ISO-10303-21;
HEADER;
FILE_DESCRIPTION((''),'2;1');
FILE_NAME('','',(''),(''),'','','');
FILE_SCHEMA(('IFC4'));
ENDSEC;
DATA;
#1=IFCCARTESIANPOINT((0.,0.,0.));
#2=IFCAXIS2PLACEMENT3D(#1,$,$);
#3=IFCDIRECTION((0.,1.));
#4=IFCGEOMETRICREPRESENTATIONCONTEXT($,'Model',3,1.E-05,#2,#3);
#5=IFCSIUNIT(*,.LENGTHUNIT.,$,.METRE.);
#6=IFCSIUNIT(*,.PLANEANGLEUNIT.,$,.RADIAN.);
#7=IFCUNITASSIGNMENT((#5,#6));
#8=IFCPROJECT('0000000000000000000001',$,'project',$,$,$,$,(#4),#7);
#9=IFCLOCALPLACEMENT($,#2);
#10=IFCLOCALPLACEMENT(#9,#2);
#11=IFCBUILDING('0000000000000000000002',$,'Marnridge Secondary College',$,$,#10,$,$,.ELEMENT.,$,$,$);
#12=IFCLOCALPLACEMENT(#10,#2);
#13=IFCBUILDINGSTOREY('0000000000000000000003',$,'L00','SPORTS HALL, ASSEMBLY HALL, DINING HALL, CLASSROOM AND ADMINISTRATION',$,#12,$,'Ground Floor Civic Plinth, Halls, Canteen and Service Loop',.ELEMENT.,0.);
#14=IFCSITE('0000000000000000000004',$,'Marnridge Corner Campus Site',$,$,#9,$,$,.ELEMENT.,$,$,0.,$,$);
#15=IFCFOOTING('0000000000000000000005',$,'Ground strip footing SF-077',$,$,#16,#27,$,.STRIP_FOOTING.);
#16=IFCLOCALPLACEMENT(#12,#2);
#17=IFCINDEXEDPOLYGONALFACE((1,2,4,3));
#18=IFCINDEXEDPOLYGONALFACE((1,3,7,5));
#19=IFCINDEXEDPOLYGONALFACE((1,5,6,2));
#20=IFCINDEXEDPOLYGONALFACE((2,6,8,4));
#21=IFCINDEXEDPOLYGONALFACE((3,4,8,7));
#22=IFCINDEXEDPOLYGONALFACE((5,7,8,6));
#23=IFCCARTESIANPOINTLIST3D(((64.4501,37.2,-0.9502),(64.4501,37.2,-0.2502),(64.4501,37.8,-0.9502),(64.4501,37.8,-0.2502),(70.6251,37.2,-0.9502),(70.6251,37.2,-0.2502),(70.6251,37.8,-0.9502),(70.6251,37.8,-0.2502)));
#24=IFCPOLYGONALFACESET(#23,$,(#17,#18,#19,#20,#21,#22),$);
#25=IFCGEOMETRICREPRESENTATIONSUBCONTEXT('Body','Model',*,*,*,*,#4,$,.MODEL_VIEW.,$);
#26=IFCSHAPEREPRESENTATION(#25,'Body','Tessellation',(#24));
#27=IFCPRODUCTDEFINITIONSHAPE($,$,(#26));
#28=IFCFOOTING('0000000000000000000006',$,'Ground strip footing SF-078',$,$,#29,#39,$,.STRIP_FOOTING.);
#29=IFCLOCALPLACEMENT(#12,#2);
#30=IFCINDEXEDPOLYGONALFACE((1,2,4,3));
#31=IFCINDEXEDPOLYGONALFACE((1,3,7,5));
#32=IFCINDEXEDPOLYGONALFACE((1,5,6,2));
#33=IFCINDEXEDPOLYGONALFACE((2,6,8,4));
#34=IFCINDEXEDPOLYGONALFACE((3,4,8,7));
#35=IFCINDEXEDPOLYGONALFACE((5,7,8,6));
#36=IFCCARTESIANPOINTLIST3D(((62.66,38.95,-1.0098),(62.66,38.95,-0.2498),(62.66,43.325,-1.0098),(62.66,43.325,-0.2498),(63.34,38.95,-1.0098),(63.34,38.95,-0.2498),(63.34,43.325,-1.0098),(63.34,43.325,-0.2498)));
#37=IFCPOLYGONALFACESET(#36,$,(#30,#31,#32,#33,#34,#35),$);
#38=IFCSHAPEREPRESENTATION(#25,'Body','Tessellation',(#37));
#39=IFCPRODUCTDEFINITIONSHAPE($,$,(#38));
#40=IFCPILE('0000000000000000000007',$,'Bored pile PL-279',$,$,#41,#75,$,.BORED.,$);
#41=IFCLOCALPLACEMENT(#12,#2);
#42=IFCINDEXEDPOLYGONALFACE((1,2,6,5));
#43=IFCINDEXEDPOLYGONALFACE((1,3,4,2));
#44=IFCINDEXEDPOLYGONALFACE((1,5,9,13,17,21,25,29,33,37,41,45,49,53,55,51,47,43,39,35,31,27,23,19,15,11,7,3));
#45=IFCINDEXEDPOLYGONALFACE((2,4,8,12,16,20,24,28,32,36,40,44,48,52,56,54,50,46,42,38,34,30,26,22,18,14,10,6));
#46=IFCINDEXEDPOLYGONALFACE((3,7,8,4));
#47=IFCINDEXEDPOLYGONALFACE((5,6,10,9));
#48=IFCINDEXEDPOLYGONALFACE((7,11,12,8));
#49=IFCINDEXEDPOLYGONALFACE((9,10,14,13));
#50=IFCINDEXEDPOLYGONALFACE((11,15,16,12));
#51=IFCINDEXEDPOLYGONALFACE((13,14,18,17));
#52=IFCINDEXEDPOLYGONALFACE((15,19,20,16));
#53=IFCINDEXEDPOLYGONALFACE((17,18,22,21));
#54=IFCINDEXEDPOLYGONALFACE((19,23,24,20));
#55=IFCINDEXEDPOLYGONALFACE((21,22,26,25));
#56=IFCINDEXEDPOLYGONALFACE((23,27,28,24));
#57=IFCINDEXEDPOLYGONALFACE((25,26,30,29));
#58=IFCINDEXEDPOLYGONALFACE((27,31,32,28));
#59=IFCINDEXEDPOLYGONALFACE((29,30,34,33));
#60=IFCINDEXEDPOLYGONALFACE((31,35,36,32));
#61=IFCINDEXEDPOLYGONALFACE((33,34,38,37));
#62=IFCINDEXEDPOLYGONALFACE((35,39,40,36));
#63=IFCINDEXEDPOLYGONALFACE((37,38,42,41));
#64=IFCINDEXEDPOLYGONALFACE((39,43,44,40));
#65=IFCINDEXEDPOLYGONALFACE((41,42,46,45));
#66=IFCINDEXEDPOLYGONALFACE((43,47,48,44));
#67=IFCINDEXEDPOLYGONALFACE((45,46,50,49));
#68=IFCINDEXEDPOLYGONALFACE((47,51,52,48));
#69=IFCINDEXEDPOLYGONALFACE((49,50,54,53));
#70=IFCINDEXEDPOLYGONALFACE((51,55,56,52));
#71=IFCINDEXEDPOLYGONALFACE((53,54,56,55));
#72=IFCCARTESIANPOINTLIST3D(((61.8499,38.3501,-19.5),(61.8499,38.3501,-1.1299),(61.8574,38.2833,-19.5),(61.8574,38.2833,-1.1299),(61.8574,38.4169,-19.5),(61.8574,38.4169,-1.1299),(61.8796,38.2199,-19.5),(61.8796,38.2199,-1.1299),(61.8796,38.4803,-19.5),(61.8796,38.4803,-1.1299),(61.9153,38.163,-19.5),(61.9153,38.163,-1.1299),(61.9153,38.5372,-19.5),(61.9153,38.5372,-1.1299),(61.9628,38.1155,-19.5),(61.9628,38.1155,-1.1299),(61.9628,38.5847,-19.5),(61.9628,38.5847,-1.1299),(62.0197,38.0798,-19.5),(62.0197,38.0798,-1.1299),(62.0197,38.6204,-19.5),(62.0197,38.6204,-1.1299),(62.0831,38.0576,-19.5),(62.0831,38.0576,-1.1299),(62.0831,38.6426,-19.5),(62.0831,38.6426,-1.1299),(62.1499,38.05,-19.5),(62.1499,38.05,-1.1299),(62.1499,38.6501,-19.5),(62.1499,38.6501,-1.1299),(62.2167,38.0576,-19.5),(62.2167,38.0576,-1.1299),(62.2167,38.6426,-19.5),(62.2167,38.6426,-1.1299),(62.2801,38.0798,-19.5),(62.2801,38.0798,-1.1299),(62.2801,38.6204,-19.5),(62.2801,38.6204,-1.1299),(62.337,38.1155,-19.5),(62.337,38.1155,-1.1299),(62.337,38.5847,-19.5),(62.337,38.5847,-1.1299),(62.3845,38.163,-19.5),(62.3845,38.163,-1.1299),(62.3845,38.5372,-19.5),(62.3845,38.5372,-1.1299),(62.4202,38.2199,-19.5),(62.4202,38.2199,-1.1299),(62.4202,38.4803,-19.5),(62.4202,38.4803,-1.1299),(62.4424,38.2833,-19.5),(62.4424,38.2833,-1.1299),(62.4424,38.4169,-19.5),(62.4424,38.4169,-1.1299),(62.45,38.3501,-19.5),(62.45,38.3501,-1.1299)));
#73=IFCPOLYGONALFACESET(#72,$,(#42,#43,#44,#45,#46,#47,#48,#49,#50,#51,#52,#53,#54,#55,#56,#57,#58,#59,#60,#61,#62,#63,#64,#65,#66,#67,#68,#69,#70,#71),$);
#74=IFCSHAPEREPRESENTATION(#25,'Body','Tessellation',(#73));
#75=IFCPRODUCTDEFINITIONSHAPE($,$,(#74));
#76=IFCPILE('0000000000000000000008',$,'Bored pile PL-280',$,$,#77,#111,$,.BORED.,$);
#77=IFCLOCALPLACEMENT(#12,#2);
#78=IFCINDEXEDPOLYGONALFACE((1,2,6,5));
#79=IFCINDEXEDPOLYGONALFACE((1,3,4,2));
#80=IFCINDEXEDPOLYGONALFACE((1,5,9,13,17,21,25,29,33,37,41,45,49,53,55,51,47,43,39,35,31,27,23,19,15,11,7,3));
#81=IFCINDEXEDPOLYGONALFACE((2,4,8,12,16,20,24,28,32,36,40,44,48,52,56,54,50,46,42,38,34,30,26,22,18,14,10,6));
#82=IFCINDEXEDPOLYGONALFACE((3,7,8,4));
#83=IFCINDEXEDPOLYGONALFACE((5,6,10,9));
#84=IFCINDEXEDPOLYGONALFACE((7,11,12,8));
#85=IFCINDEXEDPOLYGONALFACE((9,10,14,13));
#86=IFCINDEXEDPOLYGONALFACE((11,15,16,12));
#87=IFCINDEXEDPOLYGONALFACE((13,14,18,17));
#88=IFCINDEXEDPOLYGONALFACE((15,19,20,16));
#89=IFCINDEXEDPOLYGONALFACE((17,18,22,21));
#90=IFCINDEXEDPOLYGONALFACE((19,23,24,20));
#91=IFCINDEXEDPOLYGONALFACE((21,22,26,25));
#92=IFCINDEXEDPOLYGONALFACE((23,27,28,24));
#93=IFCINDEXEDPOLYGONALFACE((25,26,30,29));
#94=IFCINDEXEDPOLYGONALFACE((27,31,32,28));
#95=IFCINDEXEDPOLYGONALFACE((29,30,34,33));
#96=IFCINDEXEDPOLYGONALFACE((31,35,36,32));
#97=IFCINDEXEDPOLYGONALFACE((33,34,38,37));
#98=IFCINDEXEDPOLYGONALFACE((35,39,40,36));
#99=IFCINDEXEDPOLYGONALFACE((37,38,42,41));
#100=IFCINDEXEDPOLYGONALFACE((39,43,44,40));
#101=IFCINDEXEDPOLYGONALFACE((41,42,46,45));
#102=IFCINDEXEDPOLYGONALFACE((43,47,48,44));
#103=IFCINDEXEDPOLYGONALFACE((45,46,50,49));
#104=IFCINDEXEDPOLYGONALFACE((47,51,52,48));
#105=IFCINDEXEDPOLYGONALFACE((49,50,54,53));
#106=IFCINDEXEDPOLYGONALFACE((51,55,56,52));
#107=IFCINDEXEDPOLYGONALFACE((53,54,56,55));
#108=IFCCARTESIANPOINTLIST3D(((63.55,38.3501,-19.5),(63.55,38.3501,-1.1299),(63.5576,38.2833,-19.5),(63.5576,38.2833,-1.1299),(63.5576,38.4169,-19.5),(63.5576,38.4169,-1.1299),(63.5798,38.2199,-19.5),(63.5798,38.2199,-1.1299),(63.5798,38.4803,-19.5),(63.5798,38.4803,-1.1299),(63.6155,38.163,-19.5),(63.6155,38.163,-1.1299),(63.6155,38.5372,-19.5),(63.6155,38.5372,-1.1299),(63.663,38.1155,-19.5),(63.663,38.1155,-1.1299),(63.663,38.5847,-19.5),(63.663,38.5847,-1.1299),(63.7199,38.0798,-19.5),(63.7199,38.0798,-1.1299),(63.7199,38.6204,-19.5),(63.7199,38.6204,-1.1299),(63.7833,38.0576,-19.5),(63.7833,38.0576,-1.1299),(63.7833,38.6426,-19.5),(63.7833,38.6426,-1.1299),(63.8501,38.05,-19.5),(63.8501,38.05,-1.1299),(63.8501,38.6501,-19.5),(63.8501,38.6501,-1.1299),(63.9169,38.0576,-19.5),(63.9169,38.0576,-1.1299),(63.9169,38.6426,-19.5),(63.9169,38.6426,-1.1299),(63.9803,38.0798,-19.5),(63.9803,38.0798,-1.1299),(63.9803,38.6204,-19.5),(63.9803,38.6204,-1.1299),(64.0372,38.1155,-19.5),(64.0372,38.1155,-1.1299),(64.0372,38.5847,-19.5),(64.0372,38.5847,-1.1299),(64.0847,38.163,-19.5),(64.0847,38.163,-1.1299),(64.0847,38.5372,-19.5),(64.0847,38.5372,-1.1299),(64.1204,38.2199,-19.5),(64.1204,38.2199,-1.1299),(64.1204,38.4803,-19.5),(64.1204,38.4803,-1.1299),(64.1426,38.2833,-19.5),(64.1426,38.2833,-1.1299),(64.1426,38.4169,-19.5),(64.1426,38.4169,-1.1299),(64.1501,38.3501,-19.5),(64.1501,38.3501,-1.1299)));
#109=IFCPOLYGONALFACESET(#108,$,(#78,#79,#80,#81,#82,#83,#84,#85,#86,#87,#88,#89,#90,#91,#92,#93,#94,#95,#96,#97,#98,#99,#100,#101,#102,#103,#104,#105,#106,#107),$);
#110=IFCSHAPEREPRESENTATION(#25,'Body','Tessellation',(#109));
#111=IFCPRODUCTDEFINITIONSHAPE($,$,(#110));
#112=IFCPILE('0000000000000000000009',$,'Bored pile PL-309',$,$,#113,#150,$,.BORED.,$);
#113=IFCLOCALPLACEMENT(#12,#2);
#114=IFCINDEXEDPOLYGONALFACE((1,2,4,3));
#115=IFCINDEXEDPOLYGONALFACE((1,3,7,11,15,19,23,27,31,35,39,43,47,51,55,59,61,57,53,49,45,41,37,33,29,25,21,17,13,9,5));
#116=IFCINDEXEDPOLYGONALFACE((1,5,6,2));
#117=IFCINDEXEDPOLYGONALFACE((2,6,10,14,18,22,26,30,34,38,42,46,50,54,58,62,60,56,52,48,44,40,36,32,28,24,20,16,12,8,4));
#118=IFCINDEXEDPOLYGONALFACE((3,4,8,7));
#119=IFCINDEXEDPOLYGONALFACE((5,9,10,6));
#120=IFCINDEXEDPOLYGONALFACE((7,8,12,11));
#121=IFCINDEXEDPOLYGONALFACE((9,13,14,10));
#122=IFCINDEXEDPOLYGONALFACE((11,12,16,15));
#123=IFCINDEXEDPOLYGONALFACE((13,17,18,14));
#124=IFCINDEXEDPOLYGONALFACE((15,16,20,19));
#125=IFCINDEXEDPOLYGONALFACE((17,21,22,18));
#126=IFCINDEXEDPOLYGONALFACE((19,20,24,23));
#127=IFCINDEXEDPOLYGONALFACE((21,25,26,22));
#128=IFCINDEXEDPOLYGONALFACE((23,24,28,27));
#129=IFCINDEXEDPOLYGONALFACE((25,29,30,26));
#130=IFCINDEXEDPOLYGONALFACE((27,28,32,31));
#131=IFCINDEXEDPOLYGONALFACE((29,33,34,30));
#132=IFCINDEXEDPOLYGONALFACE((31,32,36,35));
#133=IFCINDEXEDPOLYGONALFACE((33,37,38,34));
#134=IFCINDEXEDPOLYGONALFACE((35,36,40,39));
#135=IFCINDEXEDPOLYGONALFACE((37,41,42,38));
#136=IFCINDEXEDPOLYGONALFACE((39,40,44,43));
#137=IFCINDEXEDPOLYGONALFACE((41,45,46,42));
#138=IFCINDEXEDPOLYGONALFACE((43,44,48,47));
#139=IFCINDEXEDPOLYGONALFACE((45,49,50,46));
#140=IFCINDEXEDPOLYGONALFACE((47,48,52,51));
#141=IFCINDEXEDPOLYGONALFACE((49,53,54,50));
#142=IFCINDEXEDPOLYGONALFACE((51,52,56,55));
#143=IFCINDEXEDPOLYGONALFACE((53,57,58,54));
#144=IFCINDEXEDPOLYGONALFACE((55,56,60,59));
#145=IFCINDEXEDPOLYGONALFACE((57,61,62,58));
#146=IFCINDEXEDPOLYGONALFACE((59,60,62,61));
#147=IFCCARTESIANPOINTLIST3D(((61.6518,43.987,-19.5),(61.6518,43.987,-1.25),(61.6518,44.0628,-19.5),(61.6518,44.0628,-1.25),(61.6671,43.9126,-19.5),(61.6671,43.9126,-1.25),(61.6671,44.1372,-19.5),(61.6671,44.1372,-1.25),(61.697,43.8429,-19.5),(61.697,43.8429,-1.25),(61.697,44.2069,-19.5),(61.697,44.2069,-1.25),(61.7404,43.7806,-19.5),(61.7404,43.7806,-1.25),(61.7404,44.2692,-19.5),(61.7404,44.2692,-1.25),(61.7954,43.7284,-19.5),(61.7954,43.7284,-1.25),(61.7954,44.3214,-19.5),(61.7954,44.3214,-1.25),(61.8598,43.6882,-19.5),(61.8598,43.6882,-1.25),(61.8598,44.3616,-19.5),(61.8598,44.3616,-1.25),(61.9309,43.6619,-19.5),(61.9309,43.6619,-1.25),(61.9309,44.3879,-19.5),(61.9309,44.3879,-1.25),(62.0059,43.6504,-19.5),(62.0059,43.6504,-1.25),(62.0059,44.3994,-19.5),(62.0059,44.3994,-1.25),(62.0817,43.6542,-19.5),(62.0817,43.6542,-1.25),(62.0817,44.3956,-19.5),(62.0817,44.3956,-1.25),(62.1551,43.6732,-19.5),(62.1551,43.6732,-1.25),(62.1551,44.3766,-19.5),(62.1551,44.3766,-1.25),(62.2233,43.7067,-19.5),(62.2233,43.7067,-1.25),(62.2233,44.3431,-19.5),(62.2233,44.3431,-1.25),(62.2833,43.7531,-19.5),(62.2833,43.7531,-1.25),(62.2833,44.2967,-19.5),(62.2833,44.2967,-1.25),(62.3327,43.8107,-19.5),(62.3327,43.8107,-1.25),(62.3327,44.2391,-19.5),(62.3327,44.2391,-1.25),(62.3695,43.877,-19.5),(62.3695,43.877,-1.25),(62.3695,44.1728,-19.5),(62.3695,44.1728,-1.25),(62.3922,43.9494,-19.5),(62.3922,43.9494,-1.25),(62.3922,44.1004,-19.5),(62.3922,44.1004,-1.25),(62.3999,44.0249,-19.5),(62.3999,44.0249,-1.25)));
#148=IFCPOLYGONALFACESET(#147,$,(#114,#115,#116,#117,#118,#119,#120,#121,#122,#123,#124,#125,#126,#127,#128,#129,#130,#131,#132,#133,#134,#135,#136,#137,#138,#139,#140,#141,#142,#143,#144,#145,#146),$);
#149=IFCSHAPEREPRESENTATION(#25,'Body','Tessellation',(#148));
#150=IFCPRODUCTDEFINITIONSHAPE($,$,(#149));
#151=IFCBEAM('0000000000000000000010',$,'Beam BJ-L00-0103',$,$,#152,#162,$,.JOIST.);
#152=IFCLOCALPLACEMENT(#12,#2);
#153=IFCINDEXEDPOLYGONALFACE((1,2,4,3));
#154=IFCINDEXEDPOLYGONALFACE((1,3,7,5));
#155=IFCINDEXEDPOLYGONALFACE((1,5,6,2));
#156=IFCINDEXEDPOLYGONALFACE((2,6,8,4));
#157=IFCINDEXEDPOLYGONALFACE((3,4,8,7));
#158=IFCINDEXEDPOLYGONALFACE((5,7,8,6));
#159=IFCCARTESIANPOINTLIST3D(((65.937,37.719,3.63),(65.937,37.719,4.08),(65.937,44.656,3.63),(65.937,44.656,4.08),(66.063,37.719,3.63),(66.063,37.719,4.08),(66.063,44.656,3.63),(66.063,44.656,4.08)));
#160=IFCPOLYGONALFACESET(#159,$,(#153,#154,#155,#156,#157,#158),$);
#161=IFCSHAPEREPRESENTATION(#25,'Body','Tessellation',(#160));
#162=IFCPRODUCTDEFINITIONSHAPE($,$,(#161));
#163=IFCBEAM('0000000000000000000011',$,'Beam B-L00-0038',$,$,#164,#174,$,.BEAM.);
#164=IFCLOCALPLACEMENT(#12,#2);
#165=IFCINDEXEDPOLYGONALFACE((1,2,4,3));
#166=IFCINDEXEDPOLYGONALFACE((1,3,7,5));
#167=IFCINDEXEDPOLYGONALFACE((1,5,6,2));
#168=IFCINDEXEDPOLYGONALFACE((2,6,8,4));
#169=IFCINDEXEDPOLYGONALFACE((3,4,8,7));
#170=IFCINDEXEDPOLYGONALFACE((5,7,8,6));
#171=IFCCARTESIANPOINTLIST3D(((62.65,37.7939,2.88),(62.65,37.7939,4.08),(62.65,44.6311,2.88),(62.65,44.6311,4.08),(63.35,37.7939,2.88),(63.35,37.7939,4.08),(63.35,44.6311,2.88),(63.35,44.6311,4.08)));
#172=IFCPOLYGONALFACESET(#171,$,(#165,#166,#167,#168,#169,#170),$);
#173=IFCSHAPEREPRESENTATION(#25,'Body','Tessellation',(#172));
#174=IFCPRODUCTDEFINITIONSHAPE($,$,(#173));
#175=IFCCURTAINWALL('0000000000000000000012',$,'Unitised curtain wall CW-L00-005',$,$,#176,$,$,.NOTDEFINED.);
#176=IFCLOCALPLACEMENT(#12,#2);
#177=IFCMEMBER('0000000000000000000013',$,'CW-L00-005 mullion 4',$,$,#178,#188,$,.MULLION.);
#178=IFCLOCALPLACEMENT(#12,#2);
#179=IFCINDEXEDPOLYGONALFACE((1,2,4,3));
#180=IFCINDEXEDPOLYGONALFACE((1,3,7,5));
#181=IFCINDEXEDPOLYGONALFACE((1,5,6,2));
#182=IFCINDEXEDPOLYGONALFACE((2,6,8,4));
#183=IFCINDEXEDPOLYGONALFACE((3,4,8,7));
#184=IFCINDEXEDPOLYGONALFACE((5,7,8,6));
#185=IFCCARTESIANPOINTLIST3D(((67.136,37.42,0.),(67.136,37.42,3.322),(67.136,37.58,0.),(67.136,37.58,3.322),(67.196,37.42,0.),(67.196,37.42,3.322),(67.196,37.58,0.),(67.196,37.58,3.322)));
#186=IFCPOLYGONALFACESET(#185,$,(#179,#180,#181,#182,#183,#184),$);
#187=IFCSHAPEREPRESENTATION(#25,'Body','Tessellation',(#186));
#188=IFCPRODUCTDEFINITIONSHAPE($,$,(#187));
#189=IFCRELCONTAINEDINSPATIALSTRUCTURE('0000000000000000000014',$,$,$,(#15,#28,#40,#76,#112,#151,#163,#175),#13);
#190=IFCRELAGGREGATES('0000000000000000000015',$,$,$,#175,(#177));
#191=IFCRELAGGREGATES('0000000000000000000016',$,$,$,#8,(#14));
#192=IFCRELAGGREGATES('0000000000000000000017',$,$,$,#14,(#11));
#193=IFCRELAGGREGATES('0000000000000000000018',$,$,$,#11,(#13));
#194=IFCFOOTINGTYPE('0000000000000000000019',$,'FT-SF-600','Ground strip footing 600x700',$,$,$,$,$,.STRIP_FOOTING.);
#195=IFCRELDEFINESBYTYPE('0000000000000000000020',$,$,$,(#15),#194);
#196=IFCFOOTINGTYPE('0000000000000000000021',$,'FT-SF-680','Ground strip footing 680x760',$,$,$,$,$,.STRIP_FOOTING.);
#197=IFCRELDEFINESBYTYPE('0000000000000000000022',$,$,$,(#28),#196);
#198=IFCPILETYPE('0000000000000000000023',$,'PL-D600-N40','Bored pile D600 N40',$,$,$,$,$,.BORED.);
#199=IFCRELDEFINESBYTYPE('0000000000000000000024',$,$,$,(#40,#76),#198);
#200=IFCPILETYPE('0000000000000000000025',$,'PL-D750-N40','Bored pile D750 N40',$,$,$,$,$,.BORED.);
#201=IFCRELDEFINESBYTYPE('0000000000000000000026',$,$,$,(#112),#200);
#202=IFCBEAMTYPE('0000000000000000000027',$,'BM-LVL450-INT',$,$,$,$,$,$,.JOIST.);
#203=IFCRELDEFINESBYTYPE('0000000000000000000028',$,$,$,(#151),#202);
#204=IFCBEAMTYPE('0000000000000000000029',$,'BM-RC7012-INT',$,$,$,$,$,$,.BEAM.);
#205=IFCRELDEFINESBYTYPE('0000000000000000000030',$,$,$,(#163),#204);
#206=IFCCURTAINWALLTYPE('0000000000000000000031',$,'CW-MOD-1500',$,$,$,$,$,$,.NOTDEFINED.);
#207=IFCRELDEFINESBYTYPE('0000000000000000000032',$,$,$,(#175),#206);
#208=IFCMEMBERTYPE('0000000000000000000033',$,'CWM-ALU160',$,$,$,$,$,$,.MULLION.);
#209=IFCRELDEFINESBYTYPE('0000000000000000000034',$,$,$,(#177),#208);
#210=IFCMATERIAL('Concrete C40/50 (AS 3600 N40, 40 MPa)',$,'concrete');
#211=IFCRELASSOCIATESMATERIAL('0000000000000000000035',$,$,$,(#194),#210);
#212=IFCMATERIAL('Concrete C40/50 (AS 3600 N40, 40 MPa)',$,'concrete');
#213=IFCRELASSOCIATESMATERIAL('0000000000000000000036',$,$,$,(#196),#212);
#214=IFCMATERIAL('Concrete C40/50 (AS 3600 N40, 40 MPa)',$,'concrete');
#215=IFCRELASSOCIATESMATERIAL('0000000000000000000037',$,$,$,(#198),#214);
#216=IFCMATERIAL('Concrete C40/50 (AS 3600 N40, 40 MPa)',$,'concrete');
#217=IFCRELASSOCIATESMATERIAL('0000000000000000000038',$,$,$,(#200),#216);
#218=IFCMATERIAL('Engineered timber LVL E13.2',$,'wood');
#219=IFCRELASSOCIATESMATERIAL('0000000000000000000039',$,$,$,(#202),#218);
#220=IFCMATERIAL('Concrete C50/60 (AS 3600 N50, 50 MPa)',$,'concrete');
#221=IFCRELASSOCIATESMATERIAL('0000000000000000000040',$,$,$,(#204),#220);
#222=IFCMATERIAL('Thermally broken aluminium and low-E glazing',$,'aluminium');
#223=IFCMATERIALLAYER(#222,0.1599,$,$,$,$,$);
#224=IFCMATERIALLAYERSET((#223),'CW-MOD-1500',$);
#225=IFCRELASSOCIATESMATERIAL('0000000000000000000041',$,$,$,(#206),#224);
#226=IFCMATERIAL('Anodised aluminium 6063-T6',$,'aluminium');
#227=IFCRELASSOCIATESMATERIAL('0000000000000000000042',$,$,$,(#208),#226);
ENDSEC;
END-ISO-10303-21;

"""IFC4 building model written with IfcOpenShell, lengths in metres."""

from ifc_helpers import new_model, si_unit, direction, frame, origin, origin_2d, place, context, subcontext, project, spatial, rectangle, circle, extrude, material, layer, layer_set, material_profile, profile_set, type_object, element, aggregate, save


model = new_model("IFC4")

# Units and contexts
model_context = context("Model", 3, precision=1e-05, world=origin(), true_north=direction((0.0, 1.0)))
body_context = subcontext(model_context, "Body", "Model", "MODEL_VIEW")
ifc_project = project(units=[si_unit("LENGTHUNIT", "METRE"), si_unit("PLANEANGLEUNIT", "RADIAN")], contexts=[model_context])

# Site, building, storey
site_placement = place(None, origin())
site = spatial("IfcSite", under=ifc_project, at=site_placement, Name="Marnridge Corner Campus Site", CompositionType="ELEMENT", RefElevation=0.0)
building_placement = place(site_placement, origin())
building = spatial("IfcBuilding", under=site, at=building_placement, Name="Marnridge Secondary College", CompositionType="ELEMENT")
storey_placement = place(building_placement, origin())
storey = spatial("IfcBuildingStorey", under=building, at=storey_placement, Name="L00", Description="SPORTS HALL, ASSEMBLY HALL, DINING HALL, CLASSROOM AND ADMINISTRATION", LongName="Ground Floor Civic Plinth, Halls, Canteen and Service Loop", CompositionType="ELEMENT", Elevation=0.0)

# Footings
ifc_material_1 = material(Name="Concrete C40/50 (AS 3600 N40, 40 MPa)", Category="concrete")
footing_type_1 = type_object("IfcFootingType", Name="FT-SF-600", Description="Ground strip footing 600x700", PredefinedType="STRIP_FOOTING", material=ifc_material_1)
footing_1_placement = place(storey_placement, frame((67.5376, 37.5, -0.9502), z_axis=(0.0, 0.0, 1.0), x_axis=(1.0, 0.0, 0.0)))
element("IfcFooting", 1, at=footing_1_placement, inside=storey, type_object=footing_type_1, Name="Ground strip footing SF-077", PredefinedType="STRIP_FOOTING", context=body_context, shape_type="SweptSolid", body=[
    extrude(rectangle(XDim=6.175, YDim=0.6001, at=origin_2d()), origin(), (0.0, 0.0, 1.0), 0.7),
])
ifc_material_2 = material(Name="Concrete C40/50 (AS 3600 N40, 40 MPa)", Category="concrete")
footing_type_2 = type_object("IfcFootingType", Name="FT-SF-680", Description="Ground strip footing 680x760", PredefinedType="STRIP_FOOTING", material=ifc_material_2)
footing_2_placement = place(storey_placement, frame((63.0, 41.1375, -1.0098), z_axis=(0.0, 0.0, 1.0), x_axis=(1.0, 0.0, 0.0)))
element("IfcFooting", 2, at=footing_2_placement, inside=storey, type_object=footing_type_2, Name="Ground strip footing SF-078", PredefinedType="STRIP_FOOTING", context=body_context, shape_type="SweptSolid", body=[
    extrude(rectangle(XDim=0.6799, YDim=4.375, at=origin_2d()), origin(), (0.0, 0.0, 1.0), 0.76),
])

# Piles
ifc_material_3 = material(Name="Concrete C40/50 (AS 3600 N40, 40 MPa)", Category="concrete")
ifc_material_profile_1 = material_profile(ifc_material_3, circle(Radius=0.3, at=origin_2d()), Name="PILE D600")
ifc_profile_set_1 = profile_set([ifc_material_profile_1], Name="Concrete C40/50 (AS 3600 N40, 40 MPa)")
pile_type_1 = type_object("IfcPileType", Name="PL-D600-N40", Description="Bored pile D600 N40", PredefinedType="BORED", material=ifc_profile_set_1)
for number, where, z_axis, x_axis, name in (
    (3, (62.1499, 38.3501, -1.1299), (0.0, 0.0, -1.0), (1.0, 0.0, 0.0), "Bored pile PL-279"),
    (4, (63.8501, 38.3501, -1.1299), (0.0, 0.0, -1.0), (1.0, 0.0, 0.0), "Bored pile PL-280"),
):
    element("IfcPile", number, at=place(storey_placement, frame(where, z_axis=z_axis, x_axis=x_axis)), inside=storey, type_object=pile_type_1, Name=name, PredefinedType="BORED", context=body_context, shape_type="SweptSolid", body=[
        extrude(circle(Radius=0.3, at=origin_2d()), origin(), (0.0, 0.0, 1.0), 18.3701),
    ])
ifc_material_4 = material(Name="Concrete C40/50 (AS 3600 N40, 40 MPa)", Category="concrete")
ifc_material_profile_2 = material_profile(ifc_material_4, circle(Radius=0.375, at=origin_2d()), Name="PILE D750")
ifc_profile_set_2 = profile_set([ifc_material_profile_2], Name="Concrete C40/50 (AS 3600 N40, 40 MPa)")
pile_type_2 = type_object("IfcPileType", Name="PL-D750-N40", Description="Bored pile D750 N40", PredefinedType="BORED", material=ifc_profile_set_2)
pile_placement = place(storey_placement, frame((62.0249, 44.0249, -1.25), z_axis=(0.0, 0.0, -1.0), x_axis=(1.0, 0.0, 0.0)))
element("IfcPile", 5, at=pile_placement, inside=storey, type_object=pile_type_2, Name="Bored pile PL-309", PredefinedType="BORED", context=body_context, shape_type="SweptSolid", body=[
    extrude(circle(Radius=0.375, at=origin_2d()), origin(), (0.0, 0.0, 1.0), 18.25),
])

# Beams
ifc_material_5 = material(Name="Engineered timber LVL E13.2", Category="wood")
ifc_material_profile_3 = material_profile(ifc_material_5, rectangle(XDim=0.126, YDim=0.45, at=origin_2d()), Name="LVL 126x450")
ifc_profile_set_3 = profile_set([ifc_material_profile_3], Name="Engineered timber LVL E13.2")
beam_type_1 = type_object("IfcBeamType", Name="BM-LVL450-INT", PredefinedType="JOIST", material=ifc_profile_set_3)
beam_1_placement = place(storey_placement, frame((66.0, 37.719, 3.855), z_axis=(0.0, 1.0, 0.0), x_axis=(-1.0, 0.0, 0.0)))
element("IfcBeam", 6, at=beam_1_placement, inside=storey, type_object=beam_type_1, Name="Beam BJ-L00-0103", PredefinedType="JOIST", context=body_context, shape_type="SweptSolid", body=[
    extrude(rectangle(XDim=0.126, YDim=0.45, at=origin_2d()), origin(), (0.0, 0.0, 1.0), 6.937),
])
ifc_material_6 = material(Name="Concrete C50/60 (AS 3600 N50, 50 MPa)", Category="concrete")
ifc_material_profile_4 = material_profile(ifc_material_6, rectangle(XDim=0.7, YDim=1.2, at=origin_2d()), Name="RC 700x1200")
ifc_profile_set_4 = profile_set([ifc_material_profile_4], Name="Concrete C50/60 (AS 3600 N50, 50 MPa)")
beam_type_2 = type_object("IfcBeamType", Name="BM-RC7012-INT", PredefinedType="BEAM", material=ifc_profile_set_4)
beam_2_placement = place(storey_placement, frame((63.0, 37.7939, 3.48), z_axis=(0.0, 1.0, 0.0), x_axis=(-1.0, 0.0, 0.0)))
element("IfcBeam", 7, at=beam_2_placement, inside=storey, type_object=beam_type_2, Name="Beam B-L00-0038", PredefinedType="BEAM", context=body_context, shape_type="SweptSolid", body=[
    extrude(rectangle(XDim=0.7, YDim=1.2, at=origin_2d()), origin(), (0.0, 0.0, 1.0), 6.8372),
])

# Curtain wall, member
ifc_material_7 = material(Name="Thermally broken aluminium and low-E glazing", Category="aluminium")
ifc_layer_1 = layer(ifc_material_7, 0.1599)
ifc_layer_set_1 = layer_set([ifc_layer_1], Name="CW-MOD-1500")
curtain_wall_type = type_object("IfcCurtainWallType", Name="CW-MOD-1500", PredefinedType="NOTDEFINED", material=ifc_layer_set_1)
curtain_wall_placement = place(storey_placement, origin())
curtain_wall = element("IfcCurtainWall", 8, at=curtain_wall_placement, inside=storey, type_object=curtain_wall_type, Name="Unitised curtain wall CW-L00-005", PredefinedType="NOTDEFINED")
ifc_material_8 = material(Name="Anodised aluminium 6063-T6", Category="aluminium")
ifc_material_profile_5 = material_profile(ifc_material_8, rectangle(XDim=0.0601, YDim=0.1599, at=origin_2d()), Name="ALU 60x160")
ifc_profile_set_5 = profile_set([ifc_material_profile_5], Name="Anodised aluminium 6063-T6")
member_type_1 = type_object("IfcMemberType", Name="CWM-ALU160", PredefinedType="MULLION", material=ifc_profile_set_5)
member_1_placement = place(storey_placement, frame((67.166, 37.5, 0.0), z_axis=(0.0, 0.0, 1.0), x_axis=(-1.0, 0.0, 0.0)))
member_1 = element("IfcMember", 9, at=member_1_placement, type_object=member_type_1, Name="CW-L00-005 mullion 4", PredefinedType="MULLION", context=body_context, shape_type="SweptSolid", body=[
    extrude(rectangle(XDim=0.0601, YDim=0.1599, at=origin_2d()), origin(), (0.0, 0.0, 1.0), 3.322),
])
aggregate(curtain_wall, [member_1])

save(model, "model.ifc")
